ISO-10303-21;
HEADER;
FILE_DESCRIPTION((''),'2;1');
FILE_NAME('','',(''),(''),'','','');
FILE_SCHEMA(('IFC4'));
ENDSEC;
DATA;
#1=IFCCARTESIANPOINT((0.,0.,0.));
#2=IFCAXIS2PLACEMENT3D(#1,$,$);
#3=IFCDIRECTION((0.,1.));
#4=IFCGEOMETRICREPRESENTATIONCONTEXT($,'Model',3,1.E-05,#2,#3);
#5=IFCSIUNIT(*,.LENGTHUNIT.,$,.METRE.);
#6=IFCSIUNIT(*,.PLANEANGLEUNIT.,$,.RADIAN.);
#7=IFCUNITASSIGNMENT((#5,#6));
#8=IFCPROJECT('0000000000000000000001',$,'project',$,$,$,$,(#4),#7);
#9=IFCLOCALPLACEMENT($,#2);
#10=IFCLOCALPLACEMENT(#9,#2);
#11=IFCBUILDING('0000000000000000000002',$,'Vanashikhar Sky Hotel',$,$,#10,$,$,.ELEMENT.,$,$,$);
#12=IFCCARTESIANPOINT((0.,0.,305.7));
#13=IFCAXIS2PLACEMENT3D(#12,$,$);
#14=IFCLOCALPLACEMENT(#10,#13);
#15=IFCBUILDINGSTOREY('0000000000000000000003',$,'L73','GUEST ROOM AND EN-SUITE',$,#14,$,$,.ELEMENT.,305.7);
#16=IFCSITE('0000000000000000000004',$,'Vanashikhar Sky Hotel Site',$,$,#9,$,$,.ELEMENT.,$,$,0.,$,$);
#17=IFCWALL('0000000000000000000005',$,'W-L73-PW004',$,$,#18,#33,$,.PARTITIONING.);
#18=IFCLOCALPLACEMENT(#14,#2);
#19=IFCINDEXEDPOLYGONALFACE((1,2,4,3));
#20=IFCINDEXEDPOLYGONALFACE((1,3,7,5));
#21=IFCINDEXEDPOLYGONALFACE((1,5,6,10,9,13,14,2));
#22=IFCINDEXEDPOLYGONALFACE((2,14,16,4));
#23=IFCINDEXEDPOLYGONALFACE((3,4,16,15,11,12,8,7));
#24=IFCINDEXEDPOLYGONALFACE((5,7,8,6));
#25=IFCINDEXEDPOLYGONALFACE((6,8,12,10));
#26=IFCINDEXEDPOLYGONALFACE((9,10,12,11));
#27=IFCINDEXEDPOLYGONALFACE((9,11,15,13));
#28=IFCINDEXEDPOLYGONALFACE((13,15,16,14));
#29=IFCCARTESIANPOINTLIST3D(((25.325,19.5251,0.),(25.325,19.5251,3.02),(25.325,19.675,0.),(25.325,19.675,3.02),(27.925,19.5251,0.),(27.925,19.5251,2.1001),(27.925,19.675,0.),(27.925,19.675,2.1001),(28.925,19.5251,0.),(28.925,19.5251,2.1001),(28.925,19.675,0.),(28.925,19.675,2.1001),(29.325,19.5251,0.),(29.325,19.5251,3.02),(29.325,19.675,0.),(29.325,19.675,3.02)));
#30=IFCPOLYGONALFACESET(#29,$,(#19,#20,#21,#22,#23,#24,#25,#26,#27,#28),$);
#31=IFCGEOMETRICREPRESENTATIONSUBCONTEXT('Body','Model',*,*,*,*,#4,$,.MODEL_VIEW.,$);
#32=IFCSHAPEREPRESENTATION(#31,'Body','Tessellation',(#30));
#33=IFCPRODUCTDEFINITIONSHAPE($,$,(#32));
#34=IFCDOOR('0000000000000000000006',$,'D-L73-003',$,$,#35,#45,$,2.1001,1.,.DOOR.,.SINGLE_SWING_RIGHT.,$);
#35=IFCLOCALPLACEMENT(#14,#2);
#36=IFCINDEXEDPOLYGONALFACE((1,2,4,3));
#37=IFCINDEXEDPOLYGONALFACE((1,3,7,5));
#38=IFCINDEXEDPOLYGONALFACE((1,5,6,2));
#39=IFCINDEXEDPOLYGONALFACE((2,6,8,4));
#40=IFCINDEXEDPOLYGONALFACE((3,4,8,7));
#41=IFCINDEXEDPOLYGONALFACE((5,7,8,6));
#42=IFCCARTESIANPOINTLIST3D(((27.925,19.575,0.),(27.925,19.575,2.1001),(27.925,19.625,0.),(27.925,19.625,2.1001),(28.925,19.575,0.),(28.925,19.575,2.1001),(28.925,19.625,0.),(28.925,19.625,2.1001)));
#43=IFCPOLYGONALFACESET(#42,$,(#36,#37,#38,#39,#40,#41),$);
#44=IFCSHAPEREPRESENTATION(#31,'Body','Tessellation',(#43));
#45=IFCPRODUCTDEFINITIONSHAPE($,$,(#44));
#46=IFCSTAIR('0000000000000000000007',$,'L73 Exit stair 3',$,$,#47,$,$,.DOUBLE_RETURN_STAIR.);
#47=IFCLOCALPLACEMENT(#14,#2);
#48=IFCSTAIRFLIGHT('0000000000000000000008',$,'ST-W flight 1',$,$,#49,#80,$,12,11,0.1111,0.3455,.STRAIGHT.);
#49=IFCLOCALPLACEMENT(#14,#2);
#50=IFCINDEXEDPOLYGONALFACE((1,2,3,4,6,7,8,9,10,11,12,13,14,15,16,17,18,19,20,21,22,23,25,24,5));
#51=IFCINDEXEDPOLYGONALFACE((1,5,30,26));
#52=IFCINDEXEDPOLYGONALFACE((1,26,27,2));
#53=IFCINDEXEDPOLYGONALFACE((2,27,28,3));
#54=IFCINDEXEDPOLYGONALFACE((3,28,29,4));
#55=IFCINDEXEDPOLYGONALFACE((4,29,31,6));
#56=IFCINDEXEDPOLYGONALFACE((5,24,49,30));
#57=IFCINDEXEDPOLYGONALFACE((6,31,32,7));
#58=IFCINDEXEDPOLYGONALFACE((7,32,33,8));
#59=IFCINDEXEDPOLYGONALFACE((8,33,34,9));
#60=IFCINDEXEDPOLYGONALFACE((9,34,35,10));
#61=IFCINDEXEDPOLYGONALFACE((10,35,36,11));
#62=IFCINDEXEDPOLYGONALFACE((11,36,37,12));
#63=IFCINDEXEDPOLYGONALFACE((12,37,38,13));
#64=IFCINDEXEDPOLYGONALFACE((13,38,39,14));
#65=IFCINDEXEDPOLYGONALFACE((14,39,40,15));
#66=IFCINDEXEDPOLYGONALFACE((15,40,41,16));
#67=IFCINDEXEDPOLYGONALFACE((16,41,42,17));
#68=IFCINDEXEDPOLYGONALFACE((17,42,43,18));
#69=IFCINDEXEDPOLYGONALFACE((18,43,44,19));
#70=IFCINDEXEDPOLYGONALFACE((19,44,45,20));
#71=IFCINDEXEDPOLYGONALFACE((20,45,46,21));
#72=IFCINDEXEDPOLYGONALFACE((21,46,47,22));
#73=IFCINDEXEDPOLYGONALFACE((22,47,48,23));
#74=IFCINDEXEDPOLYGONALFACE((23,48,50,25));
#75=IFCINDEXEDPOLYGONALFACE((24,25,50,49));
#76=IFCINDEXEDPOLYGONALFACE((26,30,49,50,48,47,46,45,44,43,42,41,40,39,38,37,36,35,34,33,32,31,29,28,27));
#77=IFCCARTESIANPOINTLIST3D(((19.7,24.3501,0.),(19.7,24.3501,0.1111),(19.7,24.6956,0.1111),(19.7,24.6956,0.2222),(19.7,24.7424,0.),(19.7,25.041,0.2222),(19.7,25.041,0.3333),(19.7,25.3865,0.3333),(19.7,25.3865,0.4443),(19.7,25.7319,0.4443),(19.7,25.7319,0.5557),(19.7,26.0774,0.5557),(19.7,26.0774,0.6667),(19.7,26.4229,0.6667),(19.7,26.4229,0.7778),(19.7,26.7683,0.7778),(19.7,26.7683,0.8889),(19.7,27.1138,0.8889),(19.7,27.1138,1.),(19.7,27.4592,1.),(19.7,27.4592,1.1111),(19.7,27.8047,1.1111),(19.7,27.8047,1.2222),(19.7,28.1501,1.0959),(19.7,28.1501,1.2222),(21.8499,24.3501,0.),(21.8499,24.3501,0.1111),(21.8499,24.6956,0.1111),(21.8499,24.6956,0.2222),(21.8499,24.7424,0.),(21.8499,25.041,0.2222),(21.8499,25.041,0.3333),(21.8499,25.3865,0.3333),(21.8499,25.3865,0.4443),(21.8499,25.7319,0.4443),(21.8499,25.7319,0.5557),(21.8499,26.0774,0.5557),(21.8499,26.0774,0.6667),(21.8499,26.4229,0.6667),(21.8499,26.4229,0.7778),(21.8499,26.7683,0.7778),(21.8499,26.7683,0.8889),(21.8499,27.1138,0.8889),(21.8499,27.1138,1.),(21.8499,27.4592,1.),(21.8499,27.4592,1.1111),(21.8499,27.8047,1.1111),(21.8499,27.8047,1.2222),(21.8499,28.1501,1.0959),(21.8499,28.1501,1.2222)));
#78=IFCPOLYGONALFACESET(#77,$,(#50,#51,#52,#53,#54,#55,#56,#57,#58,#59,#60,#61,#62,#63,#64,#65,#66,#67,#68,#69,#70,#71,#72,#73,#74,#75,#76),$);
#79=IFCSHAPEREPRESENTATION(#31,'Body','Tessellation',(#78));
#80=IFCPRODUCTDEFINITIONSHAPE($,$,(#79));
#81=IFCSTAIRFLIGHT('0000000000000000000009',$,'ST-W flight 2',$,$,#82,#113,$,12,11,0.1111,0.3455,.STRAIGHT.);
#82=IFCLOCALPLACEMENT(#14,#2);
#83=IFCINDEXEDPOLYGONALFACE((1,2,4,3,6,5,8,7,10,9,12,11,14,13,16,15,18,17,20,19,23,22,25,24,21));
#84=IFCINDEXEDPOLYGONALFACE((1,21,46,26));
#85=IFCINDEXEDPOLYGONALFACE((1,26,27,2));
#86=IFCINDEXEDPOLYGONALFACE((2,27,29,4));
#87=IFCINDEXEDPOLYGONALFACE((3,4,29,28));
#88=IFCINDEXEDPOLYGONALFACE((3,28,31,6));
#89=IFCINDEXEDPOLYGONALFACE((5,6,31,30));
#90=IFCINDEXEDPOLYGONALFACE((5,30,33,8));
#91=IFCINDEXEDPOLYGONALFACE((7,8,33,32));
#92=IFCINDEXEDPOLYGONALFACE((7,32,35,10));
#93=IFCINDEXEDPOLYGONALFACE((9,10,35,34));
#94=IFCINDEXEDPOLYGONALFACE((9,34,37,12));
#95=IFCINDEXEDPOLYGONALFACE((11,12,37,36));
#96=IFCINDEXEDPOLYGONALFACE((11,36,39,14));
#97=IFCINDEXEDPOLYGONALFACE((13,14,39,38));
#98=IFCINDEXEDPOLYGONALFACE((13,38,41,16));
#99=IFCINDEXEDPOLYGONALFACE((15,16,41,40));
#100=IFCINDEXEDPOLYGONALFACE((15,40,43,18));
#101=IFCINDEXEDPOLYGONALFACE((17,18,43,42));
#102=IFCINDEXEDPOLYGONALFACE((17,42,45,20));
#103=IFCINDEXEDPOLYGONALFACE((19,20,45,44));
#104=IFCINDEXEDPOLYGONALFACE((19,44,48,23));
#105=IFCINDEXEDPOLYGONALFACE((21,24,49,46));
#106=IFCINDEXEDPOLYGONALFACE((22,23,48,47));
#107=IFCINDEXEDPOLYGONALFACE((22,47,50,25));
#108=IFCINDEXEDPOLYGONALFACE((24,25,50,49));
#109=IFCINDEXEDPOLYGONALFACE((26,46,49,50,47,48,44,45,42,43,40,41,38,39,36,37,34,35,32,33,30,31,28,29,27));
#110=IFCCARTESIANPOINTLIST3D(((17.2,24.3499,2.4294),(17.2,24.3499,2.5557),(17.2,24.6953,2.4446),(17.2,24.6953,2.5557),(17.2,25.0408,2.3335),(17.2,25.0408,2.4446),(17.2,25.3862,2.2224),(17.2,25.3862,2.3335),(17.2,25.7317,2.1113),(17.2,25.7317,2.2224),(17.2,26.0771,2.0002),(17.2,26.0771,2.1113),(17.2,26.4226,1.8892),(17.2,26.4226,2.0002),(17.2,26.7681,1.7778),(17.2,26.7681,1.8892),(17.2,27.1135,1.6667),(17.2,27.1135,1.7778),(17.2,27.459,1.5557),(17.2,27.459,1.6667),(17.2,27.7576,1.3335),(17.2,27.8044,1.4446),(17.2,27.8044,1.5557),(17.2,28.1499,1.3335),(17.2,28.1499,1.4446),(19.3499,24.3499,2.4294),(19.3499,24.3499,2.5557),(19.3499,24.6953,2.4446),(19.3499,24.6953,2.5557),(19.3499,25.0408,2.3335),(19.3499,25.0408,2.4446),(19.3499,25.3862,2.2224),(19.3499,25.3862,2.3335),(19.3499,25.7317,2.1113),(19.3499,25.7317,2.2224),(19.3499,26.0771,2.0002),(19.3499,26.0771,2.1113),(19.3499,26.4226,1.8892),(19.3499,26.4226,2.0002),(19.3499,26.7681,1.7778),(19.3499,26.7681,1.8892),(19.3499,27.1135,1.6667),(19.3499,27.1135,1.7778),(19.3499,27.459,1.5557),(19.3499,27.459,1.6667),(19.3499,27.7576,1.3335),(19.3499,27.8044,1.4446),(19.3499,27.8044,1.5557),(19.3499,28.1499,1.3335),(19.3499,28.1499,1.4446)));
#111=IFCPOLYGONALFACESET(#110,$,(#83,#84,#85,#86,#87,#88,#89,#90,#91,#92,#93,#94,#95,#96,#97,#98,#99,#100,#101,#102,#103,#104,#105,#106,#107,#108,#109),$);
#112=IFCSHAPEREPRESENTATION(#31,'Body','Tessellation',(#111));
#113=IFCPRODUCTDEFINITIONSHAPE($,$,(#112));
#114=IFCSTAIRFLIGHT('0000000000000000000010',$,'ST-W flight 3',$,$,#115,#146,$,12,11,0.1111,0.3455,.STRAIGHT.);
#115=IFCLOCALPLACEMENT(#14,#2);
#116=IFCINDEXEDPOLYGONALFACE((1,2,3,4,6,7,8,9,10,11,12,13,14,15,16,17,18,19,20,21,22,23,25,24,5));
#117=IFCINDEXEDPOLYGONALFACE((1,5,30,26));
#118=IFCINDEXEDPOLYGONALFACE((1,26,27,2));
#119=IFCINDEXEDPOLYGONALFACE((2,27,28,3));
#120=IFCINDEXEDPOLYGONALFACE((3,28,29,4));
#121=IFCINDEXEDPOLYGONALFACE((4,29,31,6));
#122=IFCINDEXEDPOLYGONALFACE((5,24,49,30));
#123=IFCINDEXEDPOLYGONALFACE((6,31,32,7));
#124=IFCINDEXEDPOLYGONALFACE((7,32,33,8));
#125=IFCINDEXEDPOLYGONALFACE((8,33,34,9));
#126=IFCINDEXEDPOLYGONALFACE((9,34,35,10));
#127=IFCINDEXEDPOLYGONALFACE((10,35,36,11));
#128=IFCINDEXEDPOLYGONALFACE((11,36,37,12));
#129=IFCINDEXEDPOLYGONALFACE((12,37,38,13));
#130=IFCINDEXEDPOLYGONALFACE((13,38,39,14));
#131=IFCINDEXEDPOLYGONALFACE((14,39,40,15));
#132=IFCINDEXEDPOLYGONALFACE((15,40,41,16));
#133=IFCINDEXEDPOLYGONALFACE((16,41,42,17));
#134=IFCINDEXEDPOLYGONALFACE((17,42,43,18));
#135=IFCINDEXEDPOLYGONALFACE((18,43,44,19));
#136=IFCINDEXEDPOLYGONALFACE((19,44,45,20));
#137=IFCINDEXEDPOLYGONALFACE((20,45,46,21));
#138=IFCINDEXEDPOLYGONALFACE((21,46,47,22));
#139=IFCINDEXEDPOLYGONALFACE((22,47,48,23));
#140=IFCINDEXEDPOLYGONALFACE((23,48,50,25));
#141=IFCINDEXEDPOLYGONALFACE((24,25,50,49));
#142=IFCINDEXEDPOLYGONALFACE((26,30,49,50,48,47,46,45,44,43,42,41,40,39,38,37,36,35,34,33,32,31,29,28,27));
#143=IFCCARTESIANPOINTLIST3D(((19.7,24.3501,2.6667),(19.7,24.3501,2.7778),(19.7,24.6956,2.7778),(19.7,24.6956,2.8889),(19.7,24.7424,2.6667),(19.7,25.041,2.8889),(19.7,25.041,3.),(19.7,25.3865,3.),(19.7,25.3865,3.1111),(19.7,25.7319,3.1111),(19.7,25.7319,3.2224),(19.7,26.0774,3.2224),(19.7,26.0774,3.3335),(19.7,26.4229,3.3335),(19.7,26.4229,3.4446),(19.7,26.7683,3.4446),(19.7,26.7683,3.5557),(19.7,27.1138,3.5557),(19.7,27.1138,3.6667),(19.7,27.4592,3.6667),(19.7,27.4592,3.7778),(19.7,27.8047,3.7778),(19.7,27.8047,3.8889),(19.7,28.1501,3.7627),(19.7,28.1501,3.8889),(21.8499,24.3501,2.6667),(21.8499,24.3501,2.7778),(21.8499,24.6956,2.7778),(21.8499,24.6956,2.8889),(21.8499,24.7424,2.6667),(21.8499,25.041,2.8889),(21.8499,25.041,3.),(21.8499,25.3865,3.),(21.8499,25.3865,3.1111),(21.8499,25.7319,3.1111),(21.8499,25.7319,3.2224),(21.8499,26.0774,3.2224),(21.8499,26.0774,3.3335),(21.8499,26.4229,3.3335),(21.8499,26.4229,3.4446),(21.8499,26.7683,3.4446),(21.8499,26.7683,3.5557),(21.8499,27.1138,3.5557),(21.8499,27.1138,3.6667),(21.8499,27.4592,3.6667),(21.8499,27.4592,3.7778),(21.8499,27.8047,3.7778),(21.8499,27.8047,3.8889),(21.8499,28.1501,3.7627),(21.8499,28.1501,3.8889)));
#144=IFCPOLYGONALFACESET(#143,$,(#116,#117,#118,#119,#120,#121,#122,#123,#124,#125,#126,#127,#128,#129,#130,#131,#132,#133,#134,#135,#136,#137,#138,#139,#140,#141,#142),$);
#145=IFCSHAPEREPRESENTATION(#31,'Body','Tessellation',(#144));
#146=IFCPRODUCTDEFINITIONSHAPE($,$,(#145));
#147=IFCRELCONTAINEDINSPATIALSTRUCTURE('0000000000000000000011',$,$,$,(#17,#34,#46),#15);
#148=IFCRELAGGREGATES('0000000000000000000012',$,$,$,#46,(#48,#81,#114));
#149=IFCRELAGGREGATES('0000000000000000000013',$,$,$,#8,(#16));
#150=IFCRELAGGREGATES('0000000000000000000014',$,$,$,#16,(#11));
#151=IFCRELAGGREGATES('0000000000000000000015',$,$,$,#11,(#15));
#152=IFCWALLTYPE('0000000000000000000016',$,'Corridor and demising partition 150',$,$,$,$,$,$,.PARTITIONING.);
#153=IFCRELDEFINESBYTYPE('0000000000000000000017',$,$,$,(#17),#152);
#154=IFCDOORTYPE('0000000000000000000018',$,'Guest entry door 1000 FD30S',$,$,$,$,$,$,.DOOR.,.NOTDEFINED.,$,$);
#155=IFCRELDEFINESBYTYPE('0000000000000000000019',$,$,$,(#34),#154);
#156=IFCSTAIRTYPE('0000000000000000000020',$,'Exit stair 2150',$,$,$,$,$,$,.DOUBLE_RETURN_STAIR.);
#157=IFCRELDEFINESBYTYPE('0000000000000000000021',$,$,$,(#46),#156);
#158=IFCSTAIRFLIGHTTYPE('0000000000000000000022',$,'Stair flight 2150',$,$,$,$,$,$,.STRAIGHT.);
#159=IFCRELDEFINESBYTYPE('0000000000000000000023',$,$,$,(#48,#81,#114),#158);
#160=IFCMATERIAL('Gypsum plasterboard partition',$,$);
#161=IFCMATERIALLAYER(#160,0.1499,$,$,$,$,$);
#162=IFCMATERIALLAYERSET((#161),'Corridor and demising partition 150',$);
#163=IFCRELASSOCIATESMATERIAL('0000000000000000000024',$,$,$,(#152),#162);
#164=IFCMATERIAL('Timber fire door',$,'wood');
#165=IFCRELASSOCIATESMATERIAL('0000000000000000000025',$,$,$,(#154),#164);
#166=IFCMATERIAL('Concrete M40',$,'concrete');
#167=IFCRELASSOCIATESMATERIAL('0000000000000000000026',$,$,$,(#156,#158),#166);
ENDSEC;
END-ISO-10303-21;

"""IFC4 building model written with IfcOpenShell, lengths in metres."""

from ifc_helpers import new_model, si_unit, direction, frame, frame_2d, origin, place, context, subcontext, project, spatial, polyline, rectangle, outline, extrude, source, transform, mapped, material, layer, layer_set, type_object, element, fill, aggregate, save


model = new_model("IFC4")

# Units and contexts
model_context = context("Model", 3, precision=1e-05, world=origin(), true_north=direction((0.0, 1.0)))
body_context = subcontext(model_context, "Body", "Model", "MODEL_VIEW")
ifc_project = project(units=[si_unit("LENGTHUNIT", "METRE"), si_unit("PLANEANGLEUNIT", "RADIAN")], contexts=[model_context])

# Site, building, storey
site_placement = place(None, origin())
site = spatial("IfcSite", under=ifc_project, at=site_placement, Name="Vanashikhar Sky Hotel Site", CompositionType="ELEMENT", RefElevation=0.0)
building_placement = place(site_placement, origin())
building = spatial("IfcBuilding", under=site, at=building_placement, Name="Vanashikhar Sky Hotel", CompositionType="ELEMENT")
storey_placement = place(building_placement, frame((0.0, 0.0, 305.7)))
storey = spatial("IfcBuildingStorey", under=building, at=storey_placement, Name="L73", Description="GUEST ROOM AND EN-SUITE", CompositionType="ELEMENT", Elevation=305.7)

# Shared definitions
shared_shape_1 = source(origin(), body_context, "Body", "SweptSolid", [
    extrude(rectangle(XDim=1.0, YDim=2.1001, at=frame_2d((0.5, 1.05))), frame((0.0, 0.0249, 0.0), z_axis=(0.0, -1.0, 0.0), x_axis=(1.0, 0.0, 0.0)), (0.0, 0.0, 1.0), 0.05),
])

# Wall, opening, door
ifc_material_1 = material(Name="Gypsum plasterboard partition")
ifc_layer_1 = layer(ifc_material_1, 0.1499)
ifc_layer_set_1 = layer_set([ifc_layer_1], Name="Corridor and demising partition 150")
wall_type_1 = type_object("IfcWallType", Name="Corridor and demising partition 150", PredefinedType="PARTITIONING", material=ifc_layer_set_1)
shared_shape_2 = source(origin(), body_context, "Body", "SweptSolid", [
    extrude(rectangle(XDim=1.0, YDim=2.1001, at=frame_2d((0.5, 1.05))), frame((0.0, 0.085, 0.0), z_axis=(0.0, -1.0, 0.0), x_axis=(1.0, 0.0, 0.0)), (0.0, 0.0, 1.0), 0.1699),
])
ifc_material_2 = material(Name="Timber fire door", Category="wood")
door_type_1 = type_object("IfcDoorType", Name="Guest entry door 1000 FD30S", OperationType="NOTDEFINED", PredefinedType="DOOR", material=ifc_material_2)
shared_shape_3 = source(origin(), body_context, "Body", "SweptSolid", [
    extrude(rectangle(XDim=4.0, YDim=0.1499, at=frame_2d((2.0, 0.0))), origin(), (0.0, 0.0, 1.0), 3.02),
])
wall_1_placement = place(storey_placement, frame((25.325, 19.6001, 0.0), z_axis=(0.0, 0.0, 1.0), x_axis=(1.0, 0.0, 0.0)))
wall_1 = element("IfcWall", 1, at=wall_1_placement, inside=storey, type_object=wall_type_1, Name="W-L73-PW004", PredefinedType="PARTITIONING", context=body_context, shape_type="MappedRepresentation", body=[
    mapped(shared_shape_3, transform((0.0, 0.0, 0.0), scale=1.0)),
])
opening_1_placement = place(wall_1_placement, frame((2.6001, 0.0, 0.0)))
opening_1 = element("IfcOpeningElement", 2, at=opening_1_placement, cuts=wall_1, PredefinedType="OPENING", context=body_context, shape_type="MappedRepresentation", body=[
    mapped(shared_shape_2, transform((0.0, 0.0, 0.0), scale=1.0)),
])
door_1_placement = place(opening_1_placement, origin())
door_1 = element("IfcDoor", 3, at=door_1_placement, inside=storey, type_object=door_type_1, Name="D-L73-003", OperationType="SINGLE_SWING_RIGHT", OverallHeight=2.1001, OverallWidth=1.0, PredefinedType="DOOR", context=body_context, shape_type="MappedRepresentation", body=[
    mapped(shared_shape_1, transform((0.0, 0.0, 0.0), scale=1.0)),
])
fill(opening_1, door_1)

# Stair, stair flights
ifc_material_3 = material(Name="Concrete M40", Category="concrete")
stair_type = type_object("IfcStairType", Name="Exit stair 2150", PredefinedType="DOUBLE_RETURN_STAIR", material=ifc_material_3)
stair_placement = place(storey_placement, origin())
stair = element("IfcStair", 4, at=stair_placement, inside=storey, type_object=stair_type, Name="L73 Exit stair 3", PredefinedType="DOUBLE_RETURN_STAIR")
stair_flight_type = type_object("IfcStairFlightType", Name="Stair flight 2150", PredefinedType="STRAIGHT", material=ifc_material_3)
shared_shape_4 = source(origin(), body_context, "Body", "SweptSolid", [
    extrude(outline(polyline([(0.0, 0.0), (0.0, 0.1111), (0.3455, 0.1111), (0.3455, 0.2222), (0.6909, 0.2222), (0.6909, 0.3333), (1.0364, 0.3333), (1.0364, 0.4443), (1.3818, 0.4443), (1.3818, 0.5557), (1.7273, 0.5557), (1.7273, 0.6667), (2.0728, 0.6667), (2.0728, 0.7778), (2.4182, 0.7778), (2.4182, 0.8889), (2.7637, 0.8889), (2.7637, 1.0), (3.1091, 1.0), (3.1091, 1.1111), (3.4546, 1.1111), (3.4546, 1.2222), (3.8, 1.2222), (3.8, 1.3333), (3.8, 1.0959), (0.3923, 0.0), (0.0, 0.0)])), frame((0.0, 1.075, 0.0), z_axis=(0.0, -1.0, 0.0), x_axis=(1.0, 0.0, 0.0)), (0.0, 0.0, 1.0), 2.1499),
])
stair_flight_1_placement = place(storey_placement, frame((20.7749, 24.3501, 0.0), z_axis=(0.0, 0.0, 1.0), x_axis=(0.0, 1.0, 0.0)))
stair_flight_1 = element("IfcStairFlight", 5, at=stair_flight_1_placement, type_object=stair_flight_type, Name="ST-W flight 1", NumberOfRisers=12, NumberOfTreads=11, PredefinedType="STRAIGHT", RiserHeight=0.1111, TreadLength=0.3455, context=body_context, shape_type="MappedRepresentation", body=[
    mapped(shared_shape_4, transform((0.0, 0.0, 0.0), scale=1.0)),
])
stair_flight_2_placement = place(storey_placement, frame((18.2749, 28.1499, 1.3335), z_axis=(0.0, 0.0, 1.0), x_axis=(0.0, -1.0, 0.0)))
stair_flight_2 = element("IfcStairFlight", 6, at=stair_flight_2_placement, type_object=stair_flight_type, Name="ST-W flight 2", NumberOfRisers=12, NumberOfTreads=11, PredefinedType="STRAIGHT", RiserHeight=0.1111, TreadLength=0.3455, context=body_context, shape_type="MappedRepresentation", body=[
    mapped(shared_shape_4, transform((0.0, 0.0, 0.0), scale=1.0)),
])
stair_flight_3_placement = place(storey_placement, frame((20.7749, 24.3501, 2.6667), z_axis=(0.0, 0.0, 1.0), x_axis=(0.0, 1.0, 0.0)))
stair_flight_3 = element("IfcStairFlight", 7, at=stair_flight_3_placement, type_object=stair_flight_type, Name="ST-W flight 3", NumberOfRisers=12, NumberOfTreads=11, PredefinedType="STRAIGHT", RiserHeight=0.1111, TreadLength=0.3455, context=body_context, shape_type="MappedRepresentation", body=[
    mapped(shared_shape_4, transform((0.0, 0.0, 0.0), scale=1.0)),
])
aggregate(stair, [stair_flight_1, stair_flight_2, stair_flight_3])

save(model, "model.ifc")
